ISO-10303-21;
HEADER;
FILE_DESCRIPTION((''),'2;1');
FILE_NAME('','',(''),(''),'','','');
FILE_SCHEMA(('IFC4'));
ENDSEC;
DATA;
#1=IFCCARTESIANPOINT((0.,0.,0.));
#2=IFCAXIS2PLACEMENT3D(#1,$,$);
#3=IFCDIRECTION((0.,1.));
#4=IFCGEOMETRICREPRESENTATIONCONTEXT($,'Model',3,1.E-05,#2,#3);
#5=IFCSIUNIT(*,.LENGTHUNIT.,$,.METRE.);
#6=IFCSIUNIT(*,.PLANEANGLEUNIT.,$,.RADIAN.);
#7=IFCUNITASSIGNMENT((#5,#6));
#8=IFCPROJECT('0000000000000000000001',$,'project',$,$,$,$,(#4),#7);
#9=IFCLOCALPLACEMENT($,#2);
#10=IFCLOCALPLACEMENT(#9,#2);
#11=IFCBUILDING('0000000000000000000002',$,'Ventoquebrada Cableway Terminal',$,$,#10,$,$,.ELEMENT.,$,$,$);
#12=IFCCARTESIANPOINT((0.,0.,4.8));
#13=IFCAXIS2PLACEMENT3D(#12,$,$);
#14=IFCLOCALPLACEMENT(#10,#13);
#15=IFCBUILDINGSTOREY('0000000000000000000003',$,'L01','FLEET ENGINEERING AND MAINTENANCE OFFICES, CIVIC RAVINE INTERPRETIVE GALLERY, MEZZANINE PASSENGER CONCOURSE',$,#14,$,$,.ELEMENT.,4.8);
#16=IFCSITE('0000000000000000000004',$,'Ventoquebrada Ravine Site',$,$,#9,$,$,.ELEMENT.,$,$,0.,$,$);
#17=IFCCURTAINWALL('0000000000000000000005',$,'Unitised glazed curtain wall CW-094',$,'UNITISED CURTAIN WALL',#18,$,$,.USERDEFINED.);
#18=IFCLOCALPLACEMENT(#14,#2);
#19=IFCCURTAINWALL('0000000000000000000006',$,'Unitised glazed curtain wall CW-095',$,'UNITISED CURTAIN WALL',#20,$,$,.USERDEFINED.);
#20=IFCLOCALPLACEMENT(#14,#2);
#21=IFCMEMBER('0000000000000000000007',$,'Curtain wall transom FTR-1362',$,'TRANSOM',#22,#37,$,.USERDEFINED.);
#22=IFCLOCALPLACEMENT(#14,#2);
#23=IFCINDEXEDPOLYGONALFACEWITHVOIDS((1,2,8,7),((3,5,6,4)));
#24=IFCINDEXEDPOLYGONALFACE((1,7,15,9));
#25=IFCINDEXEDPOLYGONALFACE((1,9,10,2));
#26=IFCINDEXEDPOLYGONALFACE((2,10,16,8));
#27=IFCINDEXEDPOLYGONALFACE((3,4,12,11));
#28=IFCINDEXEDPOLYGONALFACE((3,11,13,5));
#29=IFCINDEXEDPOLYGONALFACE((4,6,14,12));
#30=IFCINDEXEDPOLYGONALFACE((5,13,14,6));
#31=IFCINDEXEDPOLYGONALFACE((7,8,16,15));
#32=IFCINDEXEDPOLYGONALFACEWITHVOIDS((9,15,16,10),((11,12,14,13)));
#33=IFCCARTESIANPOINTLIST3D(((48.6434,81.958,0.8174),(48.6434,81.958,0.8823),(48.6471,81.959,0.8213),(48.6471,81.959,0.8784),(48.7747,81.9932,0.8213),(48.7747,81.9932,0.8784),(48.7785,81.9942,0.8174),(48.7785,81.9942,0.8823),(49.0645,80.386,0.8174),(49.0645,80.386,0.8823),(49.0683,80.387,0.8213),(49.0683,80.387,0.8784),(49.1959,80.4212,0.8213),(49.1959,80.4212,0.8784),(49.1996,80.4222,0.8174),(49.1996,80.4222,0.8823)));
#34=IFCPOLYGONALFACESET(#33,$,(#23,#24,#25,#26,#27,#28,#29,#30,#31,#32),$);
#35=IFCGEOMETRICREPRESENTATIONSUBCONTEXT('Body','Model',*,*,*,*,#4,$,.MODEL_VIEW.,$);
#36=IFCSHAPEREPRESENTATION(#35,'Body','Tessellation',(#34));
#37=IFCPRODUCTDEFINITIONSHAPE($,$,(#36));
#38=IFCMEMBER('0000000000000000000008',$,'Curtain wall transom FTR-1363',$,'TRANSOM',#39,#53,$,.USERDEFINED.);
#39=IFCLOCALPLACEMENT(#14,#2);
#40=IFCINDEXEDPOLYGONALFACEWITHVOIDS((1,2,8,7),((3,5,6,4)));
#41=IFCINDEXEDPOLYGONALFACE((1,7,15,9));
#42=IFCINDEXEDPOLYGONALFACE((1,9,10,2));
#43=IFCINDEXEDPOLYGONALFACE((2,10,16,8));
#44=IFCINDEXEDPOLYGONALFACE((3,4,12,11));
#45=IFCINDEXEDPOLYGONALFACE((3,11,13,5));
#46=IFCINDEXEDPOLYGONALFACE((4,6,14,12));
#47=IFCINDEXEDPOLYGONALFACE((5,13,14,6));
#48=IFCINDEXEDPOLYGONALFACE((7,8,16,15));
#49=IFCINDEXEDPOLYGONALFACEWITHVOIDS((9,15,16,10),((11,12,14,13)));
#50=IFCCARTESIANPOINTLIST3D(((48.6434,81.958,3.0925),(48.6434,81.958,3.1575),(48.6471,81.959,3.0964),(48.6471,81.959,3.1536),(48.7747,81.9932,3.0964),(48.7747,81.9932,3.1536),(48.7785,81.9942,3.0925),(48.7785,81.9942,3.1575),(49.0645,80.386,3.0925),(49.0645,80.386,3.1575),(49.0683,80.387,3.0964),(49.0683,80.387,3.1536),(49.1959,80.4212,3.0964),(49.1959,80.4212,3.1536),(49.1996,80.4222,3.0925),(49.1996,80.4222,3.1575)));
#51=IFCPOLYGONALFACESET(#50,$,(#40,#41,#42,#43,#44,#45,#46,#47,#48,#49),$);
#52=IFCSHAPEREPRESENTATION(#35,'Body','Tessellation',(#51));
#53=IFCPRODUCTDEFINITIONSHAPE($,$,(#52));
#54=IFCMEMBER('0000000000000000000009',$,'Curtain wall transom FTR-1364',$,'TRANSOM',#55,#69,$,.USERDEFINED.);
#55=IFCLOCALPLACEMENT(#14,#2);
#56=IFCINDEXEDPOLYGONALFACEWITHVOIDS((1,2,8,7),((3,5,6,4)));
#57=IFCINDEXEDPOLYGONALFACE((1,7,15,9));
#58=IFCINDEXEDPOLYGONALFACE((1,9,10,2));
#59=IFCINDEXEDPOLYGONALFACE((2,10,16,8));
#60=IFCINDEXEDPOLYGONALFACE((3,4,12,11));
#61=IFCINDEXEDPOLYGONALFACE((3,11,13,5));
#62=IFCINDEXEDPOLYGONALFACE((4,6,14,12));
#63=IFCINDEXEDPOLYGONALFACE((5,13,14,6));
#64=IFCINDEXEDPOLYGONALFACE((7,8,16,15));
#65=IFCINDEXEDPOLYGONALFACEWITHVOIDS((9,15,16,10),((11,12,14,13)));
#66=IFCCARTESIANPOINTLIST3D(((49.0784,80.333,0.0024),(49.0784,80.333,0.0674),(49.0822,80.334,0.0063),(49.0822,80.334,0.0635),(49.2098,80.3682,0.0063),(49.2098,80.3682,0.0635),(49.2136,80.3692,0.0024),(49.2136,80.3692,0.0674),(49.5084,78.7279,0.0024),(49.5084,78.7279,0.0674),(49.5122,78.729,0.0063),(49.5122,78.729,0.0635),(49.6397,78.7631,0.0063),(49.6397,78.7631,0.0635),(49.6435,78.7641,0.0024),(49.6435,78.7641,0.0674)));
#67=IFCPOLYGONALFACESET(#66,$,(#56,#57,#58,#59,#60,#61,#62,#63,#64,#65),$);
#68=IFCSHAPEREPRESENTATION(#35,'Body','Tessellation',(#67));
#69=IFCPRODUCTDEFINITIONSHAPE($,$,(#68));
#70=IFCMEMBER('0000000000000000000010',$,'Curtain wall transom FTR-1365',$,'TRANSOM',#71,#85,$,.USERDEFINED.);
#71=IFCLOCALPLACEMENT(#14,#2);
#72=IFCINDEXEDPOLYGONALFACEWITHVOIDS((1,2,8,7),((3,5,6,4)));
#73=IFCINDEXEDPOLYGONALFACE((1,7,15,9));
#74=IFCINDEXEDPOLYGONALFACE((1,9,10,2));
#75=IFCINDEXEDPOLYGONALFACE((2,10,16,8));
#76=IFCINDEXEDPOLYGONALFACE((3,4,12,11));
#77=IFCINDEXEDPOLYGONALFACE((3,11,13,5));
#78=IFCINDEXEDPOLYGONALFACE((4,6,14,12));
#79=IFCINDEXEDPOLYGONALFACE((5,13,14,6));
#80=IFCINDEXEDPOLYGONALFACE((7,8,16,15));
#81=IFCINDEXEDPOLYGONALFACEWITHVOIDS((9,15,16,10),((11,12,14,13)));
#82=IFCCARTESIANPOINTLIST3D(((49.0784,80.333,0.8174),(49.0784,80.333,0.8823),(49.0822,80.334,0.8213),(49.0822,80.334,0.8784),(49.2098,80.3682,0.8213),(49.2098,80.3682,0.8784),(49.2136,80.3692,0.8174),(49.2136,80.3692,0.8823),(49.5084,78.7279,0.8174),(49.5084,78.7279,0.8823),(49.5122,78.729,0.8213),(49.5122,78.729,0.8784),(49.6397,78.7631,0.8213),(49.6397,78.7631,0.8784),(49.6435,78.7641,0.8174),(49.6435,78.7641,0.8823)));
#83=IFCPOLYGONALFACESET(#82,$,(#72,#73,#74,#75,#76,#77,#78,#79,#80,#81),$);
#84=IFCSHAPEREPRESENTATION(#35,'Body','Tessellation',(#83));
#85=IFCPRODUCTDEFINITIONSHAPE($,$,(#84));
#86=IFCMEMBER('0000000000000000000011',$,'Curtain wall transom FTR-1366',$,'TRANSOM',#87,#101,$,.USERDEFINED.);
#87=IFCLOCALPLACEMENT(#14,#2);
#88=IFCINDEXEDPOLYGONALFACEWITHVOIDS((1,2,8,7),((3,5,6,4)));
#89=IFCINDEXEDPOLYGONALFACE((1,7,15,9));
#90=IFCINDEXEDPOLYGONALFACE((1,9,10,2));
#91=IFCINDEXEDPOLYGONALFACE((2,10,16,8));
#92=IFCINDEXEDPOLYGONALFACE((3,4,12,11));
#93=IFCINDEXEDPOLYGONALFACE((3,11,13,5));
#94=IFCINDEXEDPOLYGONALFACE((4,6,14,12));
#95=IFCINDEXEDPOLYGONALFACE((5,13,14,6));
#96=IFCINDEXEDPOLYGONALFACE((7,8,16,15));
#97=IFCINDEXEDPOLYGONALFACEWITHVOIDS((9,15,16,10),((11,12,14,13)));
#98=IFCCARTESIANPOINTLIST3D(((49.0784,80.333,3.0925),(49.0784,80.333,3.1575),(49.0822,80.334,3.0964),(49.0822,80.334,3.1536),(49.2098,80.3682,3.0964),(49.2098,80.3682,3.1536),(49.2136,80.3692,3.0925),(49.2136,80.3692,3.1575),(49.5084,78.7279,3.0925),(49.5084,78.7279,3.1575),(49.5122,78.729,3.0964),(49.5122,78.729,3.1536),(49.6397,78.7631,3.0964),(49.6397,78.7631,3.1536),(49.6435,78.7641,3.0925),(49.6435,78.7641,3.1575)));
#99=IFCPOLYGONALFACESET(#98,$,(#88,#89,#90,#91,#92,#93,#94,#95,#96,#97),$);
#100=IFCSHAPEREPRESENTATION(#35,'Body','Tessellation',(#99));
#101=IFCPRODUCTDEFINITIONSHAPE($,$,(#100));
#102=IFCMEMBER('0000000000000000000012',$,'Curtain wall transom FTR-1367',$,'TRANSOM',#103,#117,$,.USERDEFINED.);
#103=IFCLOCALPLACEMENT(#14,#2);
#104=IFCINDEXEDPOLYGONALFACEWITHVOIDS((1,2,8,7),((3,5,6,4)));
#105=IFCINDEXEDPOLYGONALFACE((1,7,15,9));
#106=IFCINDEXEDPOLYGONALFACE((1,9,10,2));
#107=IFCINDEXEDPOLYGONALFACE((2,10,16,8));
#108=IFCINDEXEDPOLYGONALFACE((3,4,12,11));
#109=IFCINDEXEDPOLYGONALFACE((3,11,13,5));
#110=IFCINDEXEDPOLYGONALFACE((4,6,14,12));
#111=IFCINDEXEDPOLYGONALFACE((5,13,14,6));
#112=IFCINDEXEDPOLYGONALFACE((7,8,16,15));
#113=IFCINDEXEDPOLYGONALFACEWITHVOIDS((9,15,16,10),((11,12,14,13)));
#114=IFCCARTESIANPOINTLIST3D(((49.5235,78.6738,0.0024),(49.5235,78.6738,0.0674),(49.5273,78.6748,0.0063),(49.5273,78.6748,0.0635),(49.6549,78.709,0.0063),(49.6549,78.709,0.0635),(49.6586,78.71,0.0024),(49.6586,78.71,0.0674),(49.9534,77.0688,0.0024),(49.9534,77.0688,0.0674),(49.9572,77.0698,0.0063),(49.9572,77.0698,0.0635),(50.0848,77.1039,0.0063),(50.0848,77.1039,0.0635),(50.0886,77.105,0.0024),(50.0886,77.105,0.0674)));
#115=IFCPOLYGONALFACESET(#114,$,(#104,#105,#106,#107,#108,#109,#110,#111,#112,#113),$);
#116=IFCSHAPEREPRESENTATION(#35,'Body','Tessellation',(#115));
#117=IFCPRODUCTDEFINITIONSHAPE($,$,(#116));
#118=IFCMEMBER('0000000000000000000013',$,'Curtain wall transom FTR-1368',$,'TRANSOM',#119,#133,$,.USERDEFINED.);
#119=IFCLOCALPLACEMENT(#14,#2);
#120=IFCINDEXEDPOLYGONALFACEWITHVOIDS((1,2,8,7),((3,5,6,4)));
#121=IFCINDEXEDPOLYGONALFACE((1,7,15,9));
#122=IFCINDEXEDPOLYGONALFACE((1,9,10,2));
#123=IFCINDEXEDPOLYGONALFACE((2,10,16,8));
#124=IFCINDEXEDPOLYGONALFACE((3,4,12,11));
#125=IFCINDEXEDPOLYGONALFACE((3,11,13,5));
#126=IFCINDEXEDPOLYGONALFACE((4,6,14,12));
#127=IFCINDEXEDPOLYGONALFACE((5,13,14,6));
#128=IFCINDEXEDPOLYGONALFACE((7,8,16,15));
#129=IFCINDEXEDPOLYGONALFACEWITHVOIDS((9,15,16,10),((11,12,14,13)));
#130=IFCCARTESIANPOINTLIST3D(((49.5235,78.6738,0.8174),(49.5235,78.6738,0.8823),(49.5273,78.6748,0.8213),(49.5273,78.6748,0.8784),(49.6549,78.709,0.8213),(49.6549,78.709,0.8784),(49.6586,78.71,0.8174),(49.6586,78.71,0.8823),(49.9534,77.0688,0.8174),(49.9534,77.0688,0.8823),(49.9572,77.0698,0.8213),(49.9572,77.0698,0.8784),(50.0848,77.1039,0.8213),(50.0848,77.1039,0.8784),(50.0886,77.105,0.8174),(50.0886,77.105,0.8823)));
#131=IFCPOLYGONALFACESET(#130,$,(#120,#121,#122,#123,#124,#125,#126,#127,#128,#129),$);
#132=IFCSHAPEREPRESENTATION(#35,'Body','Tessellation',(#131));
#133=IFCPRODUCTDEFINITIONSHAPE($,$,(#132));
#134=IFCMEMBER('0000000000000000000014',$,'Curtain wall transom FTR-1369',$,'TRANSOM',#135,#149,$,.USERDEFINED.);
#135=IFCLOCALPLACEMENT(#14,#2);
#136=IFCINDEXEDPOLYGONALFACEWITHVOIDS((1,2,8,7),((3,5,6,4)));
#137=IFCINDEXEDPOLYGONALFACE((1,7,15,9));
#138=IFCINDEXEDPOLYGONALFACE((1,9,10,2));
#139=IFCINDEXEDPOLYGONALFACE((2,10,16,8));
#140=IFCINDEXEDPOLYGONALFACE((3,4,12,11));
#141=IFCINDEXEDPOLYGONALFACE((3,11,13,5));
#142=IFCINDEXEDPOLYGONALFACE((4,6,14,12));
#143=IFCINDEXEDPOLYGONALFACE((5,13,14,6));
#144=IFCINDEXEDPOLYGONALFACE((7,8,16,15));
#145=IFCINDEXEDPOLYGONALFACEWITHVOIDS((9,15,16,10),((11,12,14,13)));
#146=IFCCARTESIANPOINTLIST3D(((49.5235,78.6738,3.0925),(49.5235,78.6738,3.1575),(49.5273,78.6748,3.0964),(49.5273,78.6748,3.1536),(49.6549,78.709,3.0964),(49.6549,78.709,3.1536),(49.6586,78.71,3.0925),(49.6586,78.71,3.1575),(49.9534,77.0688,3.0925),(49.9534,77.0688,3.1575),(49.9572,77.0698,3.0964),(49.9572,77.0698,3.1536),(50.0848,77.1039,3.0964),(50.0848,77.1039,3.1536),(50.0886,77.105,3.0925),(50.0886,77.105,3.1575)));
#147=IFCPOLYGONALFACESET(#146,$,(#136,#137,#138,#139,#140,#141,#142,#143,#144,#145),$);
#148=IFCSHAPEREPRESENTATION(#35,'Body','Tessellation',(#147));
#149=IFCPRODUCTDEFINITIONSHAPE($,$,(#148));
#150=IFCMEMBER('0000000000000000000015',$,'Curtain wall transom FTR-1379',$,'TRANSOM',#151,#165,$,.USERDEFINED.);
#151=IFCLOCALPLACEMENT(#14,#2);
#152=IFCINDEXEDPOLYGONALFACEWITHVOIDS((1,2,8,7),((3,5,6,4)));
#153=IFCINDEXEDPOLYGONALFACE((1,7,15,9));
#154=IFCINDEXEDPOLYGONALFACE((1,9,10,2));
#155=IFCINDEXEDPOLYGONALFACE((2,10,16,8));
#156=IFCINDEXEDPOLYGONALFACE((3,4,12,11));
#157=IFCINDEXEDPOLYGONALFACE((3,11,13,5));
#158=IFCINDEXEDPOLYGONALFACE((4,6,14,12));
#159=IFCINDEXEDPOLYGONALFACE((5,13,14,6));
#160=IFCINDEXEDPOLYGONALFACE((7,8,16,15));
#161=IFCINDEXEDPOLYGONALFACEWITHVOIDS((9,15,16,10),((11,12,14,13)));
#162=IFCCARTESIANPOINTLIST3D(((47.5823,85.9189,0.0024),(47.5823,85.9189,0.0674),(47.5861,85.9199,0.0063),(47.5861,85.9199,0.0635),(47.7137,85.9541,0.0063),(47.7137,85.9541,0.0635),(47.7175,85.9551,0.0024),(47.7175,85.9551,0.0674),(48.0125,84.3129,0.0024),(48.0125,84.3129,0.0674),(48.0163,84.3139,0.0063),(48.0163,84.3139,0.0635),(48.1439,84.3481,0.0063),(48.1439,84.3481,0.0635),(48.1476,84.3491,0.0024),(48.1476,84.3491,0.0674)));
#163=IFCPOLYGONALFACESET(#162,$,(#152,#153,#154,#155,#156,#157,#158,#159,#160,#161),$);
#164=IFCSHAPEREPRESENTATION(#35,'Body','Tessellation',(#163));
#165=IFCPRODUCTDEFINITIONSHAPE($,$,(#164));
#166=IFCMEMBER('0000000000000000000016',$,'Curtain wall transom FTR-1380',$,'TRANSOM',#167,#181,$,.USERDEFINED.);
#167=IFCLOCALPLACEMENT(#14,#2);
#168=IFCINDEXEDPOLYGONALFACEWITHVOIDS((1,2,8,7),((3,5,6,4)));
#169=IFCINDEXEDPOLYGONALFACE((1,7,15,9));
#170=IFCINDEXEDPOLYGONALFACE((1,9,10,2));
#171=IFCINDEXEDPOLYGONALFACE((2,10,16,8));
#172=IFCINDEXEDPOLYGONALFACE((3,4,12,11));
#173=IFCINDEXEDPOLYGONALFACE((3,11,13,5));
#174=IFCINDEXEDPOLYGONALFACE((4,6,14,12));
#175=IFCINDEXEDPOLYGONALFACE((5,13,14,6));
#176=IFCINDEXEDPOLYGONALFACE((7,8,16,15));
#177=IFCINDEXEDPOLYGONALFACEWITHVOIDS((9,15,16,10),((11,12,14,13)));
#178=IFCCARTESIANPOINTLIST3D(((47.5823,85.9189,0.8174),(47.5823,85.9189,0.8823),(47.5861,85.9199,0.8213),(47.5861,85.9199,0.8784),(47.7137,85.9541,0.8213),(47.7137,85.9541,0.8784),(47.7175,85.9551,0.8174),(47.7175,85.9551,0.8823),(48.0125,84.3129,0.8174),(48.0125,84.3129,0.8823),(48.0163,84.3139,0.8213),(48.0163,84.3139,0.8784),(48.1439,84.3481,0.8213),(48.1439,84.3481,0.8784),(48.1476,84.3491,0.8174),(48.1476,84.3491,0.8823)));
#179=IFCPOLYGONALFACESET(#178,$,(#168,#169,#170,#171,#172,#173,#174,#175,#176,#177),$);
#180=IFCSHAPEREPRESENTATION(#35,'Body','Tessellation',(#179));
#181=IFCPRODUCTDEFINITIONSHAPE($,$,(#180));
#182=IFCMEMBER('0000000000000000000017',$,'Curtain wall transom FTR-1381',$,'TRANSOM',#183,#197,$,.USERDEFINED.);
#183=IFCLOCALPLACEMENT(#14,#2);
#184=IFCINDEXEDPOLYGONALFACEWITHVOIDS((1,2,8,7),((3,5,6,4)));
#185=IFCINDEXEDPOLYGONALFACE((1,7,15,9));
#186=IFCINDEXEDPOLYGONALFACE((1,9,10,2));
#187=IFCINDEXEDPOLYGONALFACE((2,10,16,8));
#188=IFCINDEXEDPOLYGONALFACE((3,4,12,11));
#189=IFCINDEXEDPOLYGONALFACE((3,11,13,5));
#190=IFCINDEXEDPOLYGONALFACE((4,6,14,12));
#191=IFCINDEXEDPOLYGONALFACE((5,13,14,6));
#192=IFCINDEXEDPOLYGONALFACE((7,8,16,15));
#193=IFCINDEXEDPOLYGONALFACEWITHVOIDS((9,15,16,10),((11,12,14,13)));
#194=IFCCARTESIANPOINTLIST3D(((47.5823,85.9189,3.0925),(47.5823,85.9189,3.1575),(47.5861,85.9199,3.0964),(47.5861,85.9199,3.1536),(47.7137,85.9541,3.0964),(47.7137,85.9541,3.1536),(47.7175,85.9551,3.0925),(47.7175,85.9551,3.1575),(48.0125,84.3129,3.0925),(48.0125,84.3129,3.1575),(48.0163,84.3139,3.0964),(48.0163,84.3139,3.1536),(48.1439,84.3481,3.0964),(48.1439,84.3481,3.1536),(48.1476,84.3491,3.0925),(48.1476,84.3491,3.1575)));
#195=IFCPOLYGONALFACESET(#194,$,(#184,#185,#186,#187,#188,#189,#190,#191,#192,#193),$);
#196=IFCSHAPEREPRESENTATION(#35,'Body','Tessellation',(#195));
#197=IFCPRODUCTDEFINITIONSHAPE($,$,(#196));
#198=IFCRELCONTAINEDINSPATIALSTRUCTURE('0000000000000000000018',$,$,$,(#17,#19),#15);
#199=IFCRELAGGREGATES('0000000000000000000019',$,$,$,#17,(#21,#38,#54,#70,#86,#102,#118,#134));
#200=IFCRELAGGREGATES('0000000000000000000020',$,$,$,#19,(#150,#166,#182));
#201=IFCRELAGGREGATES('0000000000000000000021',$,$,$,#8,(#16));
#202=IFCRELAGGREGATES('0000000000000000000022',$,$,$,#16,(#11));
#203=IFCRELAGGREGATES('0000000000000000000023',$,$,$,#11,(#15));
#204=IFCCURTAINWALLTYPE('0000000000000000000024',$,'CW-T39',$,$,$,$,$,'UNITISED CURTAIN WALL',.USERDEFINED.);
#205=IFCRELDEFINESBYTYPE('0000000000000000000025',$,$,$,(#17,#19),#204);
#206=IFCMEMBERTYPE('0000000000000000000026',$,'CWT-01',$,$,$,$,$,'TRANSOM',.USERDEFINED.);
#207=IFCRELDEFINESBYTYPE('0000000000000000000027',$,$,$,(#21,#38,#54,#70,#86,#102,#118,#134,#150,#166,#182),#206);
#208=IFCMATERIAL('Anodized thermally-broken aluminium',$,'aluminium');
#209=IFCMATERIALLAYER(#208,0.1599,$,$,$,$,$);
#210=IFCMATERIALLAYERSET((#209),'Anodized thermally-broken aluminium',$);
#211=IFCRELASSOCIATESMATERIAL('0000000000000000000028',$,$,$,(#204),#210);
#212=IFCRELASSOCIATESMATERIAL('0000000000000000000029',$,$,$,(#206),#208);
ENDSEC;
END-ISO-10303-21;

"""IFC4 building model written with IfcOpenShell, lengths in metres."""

from ifc_helpers import new_model, si_unit, direction, frame, origin, origin_2d, place, context, subcontext, project, spatial, hollow_rectangle, extrude, material, layer, layer_set, material_profile, profile_set, type_object, element, aggregate, save


model = new_model("IFC4")

# Units and contexts
model_context = context("Model", 3, precision=1e-05, world=origin(), true_north=direction((0.0, 1.0)))
body_context = subcontext(model_context, "Body", "Model", "MODEL_VIEW")
ifc_project = project(units=[si_unit("LENGTHUNIT", "METRE"), si_unit("PLANEANGLEUNIT", "RADIAN")], contexts=[model_context])

# Site, building, storey
site_placement = place(None, origin())
site = spatial("IfcSite", under=ifc_project, at=site_placement, Name="Ventoquebrada Ravine Site", CompositionType="ELEMENT", RefElevation=0.0)
building_placement = place(site_placement, origin())
building = spatial("IfcBuilding", under=site, at=building_placement, Name="Ventoquebrada Cableway Terminal", CompositionType="ELEMENT")
storey_placement = place(building_placement, frame((0.0, 0.0, 4.8)))
storey = spatial("IfcBuildingStorey", under=building, at=storey_placement, Name="L01", Description="FLEET ENGINEERING AND MAINTENANCE OFFICES, CIVIC RAVINE INTERPRETIVE GALLERY, MEZZANINE PASSENGER CONCOURSE", CompositionType="ELEMENT", Elevation=4.8)

# Curtain walls
ifc_material_1 = material(Name="Anodized thermally-broken aluminium", Category="aluminium")
ifc_layer_1 = layer(ifc_material_1, 0.1599)
ifc_layer_set_1 = layer_set([ifc_layer_1], Name="Anodized thermally-broken aluminium")
curtain_wall_type = type_object("IfcCurtainWallType", Name="CW-T39", ElementType="UNITISED CURTAIN WALL", PredefinedType="USERDEFINED", material=ifc_layer_set_1)
curtain_wall_1_placement = place(storey_placement, origin())
curtain_wall_1 = element("IfcCurtainWall", 1, at=curtain_wall_1_placement, inside=storey, type_object=curtain_wall_type, Name="Unitised glazed curtain wall CW-094", ObjectType="UNITISED CURTAIN WALL", PredefinedType="USERDEFINED")
curtain_wall_2_placement = place(storey_placement, origin())
curtain_wall_2 = element("IfcCurtainWall", 2, at=curtain_wall_2_placement, inside=storey, type_object=curtain_wall_type, Name="Unitised glazed curtain wall CW-095", ObjectType="UNITISED CURTAIN WALL", PredefinedType="USERDEFINED")

# Members
ifc_material_profile_1 = material_profile(ifc_material_1, hollow_rectangle(XDim=0.0649, YDim=0.1399, WallThickness=0.0039, at=origin_2d()), Name="CW-TRN-65X140")
ifc_profile_set_1 = profile_set([ifc_material_profile_1], Name="Anodized thermally-broken aluminium")
member_type_1 = type_object("IfcMemberType", Name="CWT-01", ElementType="TRANSOM", PredefinedType="USERDEFINED", material=ifc_profile_set_1)
member_1_placement = place(storey_placement, frame((48.7109, 81.9761, 0.8499), z_axis=(0.258774, -0.965938, 0.0), x_axis=(0.0, 0.0, 1.0)))
member_1 = element("IfcMember", 3, at=member_1_placement, type_object=member_type_1, Name="Curtain wall transom FTR-1362", ObjectType="TRANSOM", PredefinedType="USERDEFINED", context=body_context, shape_type="SweptSolid", body=[
    extrude(hollow_rectangle(XDim=0.0649, YDim=0.1399, WallThickness=0.0039, at=origin_2d()), origin(), (0.0, 0.0, 1.0), 1.6274),
])
member_2_placement = place(storey_placement, frame((48.7109, 81.9761, 3.125), z_axis=(0.258774, -0.965938, 0.0), x_axis=(0.0, 0.0, 1.0)))
member_2 = element("IfcMember", 4, at=member_2_placement, type_object=member_type_1, Name="Curtain wall transom FTR-1363", ObjectType="TRANSOM", PredefinedType="USERDEFINED", context=body_context, shape_type="SweptSolid", body=[
    extrude(hollow_rectangle(XDim=0.0649, YDim=0.1399, WallThickness=0.0039, at=origin_2d()), origin(), (0.0, 0.0, 1.0), 1.6274),
])
member_3_placement = place(storey_placement, frame((49.146, 80.3511, 0.0349), z_axis=(0.258751, -0.965944, 0.0), x_axis=(0.0, 0.0, 1.0)))
member_3 = element("IfcMember", 5, at=member_3_placement, type_object=member_type_1, Name="Curtain wall transom FTR-1364", ObjectType="TRANSOM", PredefinedType="USERDEFINED", context=body_context, shape_type="SweptSolid", body=[
    extrude(hollow_rectangle(XDim=0.0649, YDim=0.1399, WallThickness=0.0039, at=origin_2d()), origin(), (0.0, 0.0, 1.0), 1.6616),
])
member_4_placement = place(storey_placement, frame((49.146, 80.3511, 0.8499), z_axis=(0.258751, -0.965944, 0.0), x_axis=(0.0, 0.0, 1.0)))
member_4 = element("IfcMember", 6, at=member_4_placement, type_object=member_type_1, Name="Curtain wall transom FTR-1365", ObjectType="TRANSOM", PredefinedType="USERDEFINED", context=body_context, shape_type="SweptSolid", body=[
    extrude(hollow_rectangle(XDim=0.0649, YDim=0.1399, WallThickness=0.0039, at=origin_2d()), origin(), (0.0, 0.0, 1.0), 1.6616),
])
member_5_placement = place(storey_placement, frame((49.146, 80.3511, 3.125), z_axis=(0.258751, -0.965944, 0.0), x_axis=(0.0, 0.0, 1.0)))
member_5 = element("IfcMember", 7, at=member_5_placement, type_object=member_type_1, Name="Curtain wall transom FTR-1366", ObjectType="TRANSOM", PredefinedType="USERDEFINED", context=body_context, shape_type="SweptSolid", body=[
    extrude(hollow_rectangle(XDim=0.0649, YDim=0.1399, WallThickness=0.0039, at=origin_2d()), origin(), (0.0, 0.0, 1.0), 1.6616),
])
member_6_placement = place(storey_placement, frame((49.5911, 78.6919, 0.0349), z_axis=(0.258751, -0.965944, 0.0), x_axis=(0.0, 0.0, 1.0)))
member_6 = element("IfcMember", 8, at=member_6_placement, type_object=member_type_1, Name="Curtain wall transom FTR-1367", ObjectType="TRANSOM", PredefinedType="USERDEFINED", context=body_context, shape_type="SweptSolid", body=[
    extrude(hollow_rectangle(XDim=0.0649, YDim=0.1399, WallThickness=0.0039, at=origin_2d()), origin(), (0.0, 0.0, 1.0), 1.6616),
])
member_7_placement = place(storey_placement, frame((49.5911, 78.6919, 0.8499), z_axis=(0.258751, -0.965944, 0.0), x_axis=(0.0, 0.0, 1.0)))
member_7 = element("IfcMember", 9, at=member_7_placement, type_object=member_type_1, Name="Curtain wall transom FTR-1368", ObjectType="TRANSOM", PredefinedType="USERDEFINED", context=body_context, shape_type="SweptSolid", body=[
    extrude(hollow_rectangle(XDim=0.0649, YDim=0.1399, WallThickness=0.0039, at=origin_2d()), origin(), (0.0, 0.0, 1.0), 1.6616),
])
member_8_placement = place(storey_placement, frame((49.5911, 78.6919, 3.125), z_axis=(0.258751, -0.965944, 0.0), x_axis=(0.0, 0.0, 1.0)))
member_8 = element("IfcMember", 10, at=member_8_placement, type_object=member_type_1, Name="Curtain wall transom FTR-1369", ObjectType="TRANSOM", PredefinedType="USERDEFINED", context=body_context, shape_type="SweptSolid", body=[
    extrude(hollow_rectangle(XDim=0.0649, YDim=0.1399, WallThickness=0.0039, at=origin_2d()), origin(), (0.0, 0.0, 1.0), 1.6616),
])
member_9_placement = place(storey_placement, frame((47.6499, 85.937, 0.0349), z_axis=(0.258741, -0.965947, 0.0), x_axis=(0.0, 0.0, 1.0)))
member_9 = element("IfcMember", 11, at=member_9_placement, type_object=member_type_1, Name="Curtain wall transom FTR-1379", ObjectType="TRANSOM", PredefinedType="USERDEFINED", context=body_context, shape_type="SweptSolid", body=[
    extrude(hollow_rectangle(XDim=0.0649, YDim=0.1399, WallThickness=0.0039, at=origin_2d()), origin(), (0.0, 0.0, 1.0), 1.6626),
])
member_10_placement = place(storey_placement, frame((47.6499, 85.937, 0.8499), z_axis=(0.258741, -0.965947, 0.0), x_axis=(0.0, 0.0, 1.0)))
member_10 = element("IfcMember", 12, at=member_10_placement, type_object=member_type_1, Name="Curtain wall transom FTR-1380", ObjectType="TRANSOM", PredefinedType="USERDEFINED", context=body_context, shape_type="SweptSolid", body=[
    extrude(hollow_rectangle(XDim=0.0649, YDim=0.1399, WallThickness=0.0039, at=origin_2d()), origin(), (0.0, 0.0, 1.0), 1.6626),
])
member_11_placement = place(storey_placement, frame((47.6499, 85.937, 3.125), z_axis=(0.258741, -0.965947, 0.0), x_axis=(0.0, 0.0, 1.0)))
member_11 = element("IfcMember", 13, at=member_11_placement, type_object=member_type_1, Name="Curtain wall transom FTR-1381", ObjectType="TRANSOM", PredefinedType="USERDEFINED", context=body_context, shape_type="SweptSolid", body=[
    extrude(hollow_rectangle(XDim=0.0649, YDim=0.1399, WallThickness=0.0039, at=origin_2d()), origin(), (0.0, 0.0, 1.0), 1.6626),
])

aggregate(curtain_wall_1, [member_1, member_2, member_3, member_4, member_5, member_6, member_7, member_8])
aggregate(curtain_wall_2, [member_9, member_10, member_11])

save(model, "model.ifc")
